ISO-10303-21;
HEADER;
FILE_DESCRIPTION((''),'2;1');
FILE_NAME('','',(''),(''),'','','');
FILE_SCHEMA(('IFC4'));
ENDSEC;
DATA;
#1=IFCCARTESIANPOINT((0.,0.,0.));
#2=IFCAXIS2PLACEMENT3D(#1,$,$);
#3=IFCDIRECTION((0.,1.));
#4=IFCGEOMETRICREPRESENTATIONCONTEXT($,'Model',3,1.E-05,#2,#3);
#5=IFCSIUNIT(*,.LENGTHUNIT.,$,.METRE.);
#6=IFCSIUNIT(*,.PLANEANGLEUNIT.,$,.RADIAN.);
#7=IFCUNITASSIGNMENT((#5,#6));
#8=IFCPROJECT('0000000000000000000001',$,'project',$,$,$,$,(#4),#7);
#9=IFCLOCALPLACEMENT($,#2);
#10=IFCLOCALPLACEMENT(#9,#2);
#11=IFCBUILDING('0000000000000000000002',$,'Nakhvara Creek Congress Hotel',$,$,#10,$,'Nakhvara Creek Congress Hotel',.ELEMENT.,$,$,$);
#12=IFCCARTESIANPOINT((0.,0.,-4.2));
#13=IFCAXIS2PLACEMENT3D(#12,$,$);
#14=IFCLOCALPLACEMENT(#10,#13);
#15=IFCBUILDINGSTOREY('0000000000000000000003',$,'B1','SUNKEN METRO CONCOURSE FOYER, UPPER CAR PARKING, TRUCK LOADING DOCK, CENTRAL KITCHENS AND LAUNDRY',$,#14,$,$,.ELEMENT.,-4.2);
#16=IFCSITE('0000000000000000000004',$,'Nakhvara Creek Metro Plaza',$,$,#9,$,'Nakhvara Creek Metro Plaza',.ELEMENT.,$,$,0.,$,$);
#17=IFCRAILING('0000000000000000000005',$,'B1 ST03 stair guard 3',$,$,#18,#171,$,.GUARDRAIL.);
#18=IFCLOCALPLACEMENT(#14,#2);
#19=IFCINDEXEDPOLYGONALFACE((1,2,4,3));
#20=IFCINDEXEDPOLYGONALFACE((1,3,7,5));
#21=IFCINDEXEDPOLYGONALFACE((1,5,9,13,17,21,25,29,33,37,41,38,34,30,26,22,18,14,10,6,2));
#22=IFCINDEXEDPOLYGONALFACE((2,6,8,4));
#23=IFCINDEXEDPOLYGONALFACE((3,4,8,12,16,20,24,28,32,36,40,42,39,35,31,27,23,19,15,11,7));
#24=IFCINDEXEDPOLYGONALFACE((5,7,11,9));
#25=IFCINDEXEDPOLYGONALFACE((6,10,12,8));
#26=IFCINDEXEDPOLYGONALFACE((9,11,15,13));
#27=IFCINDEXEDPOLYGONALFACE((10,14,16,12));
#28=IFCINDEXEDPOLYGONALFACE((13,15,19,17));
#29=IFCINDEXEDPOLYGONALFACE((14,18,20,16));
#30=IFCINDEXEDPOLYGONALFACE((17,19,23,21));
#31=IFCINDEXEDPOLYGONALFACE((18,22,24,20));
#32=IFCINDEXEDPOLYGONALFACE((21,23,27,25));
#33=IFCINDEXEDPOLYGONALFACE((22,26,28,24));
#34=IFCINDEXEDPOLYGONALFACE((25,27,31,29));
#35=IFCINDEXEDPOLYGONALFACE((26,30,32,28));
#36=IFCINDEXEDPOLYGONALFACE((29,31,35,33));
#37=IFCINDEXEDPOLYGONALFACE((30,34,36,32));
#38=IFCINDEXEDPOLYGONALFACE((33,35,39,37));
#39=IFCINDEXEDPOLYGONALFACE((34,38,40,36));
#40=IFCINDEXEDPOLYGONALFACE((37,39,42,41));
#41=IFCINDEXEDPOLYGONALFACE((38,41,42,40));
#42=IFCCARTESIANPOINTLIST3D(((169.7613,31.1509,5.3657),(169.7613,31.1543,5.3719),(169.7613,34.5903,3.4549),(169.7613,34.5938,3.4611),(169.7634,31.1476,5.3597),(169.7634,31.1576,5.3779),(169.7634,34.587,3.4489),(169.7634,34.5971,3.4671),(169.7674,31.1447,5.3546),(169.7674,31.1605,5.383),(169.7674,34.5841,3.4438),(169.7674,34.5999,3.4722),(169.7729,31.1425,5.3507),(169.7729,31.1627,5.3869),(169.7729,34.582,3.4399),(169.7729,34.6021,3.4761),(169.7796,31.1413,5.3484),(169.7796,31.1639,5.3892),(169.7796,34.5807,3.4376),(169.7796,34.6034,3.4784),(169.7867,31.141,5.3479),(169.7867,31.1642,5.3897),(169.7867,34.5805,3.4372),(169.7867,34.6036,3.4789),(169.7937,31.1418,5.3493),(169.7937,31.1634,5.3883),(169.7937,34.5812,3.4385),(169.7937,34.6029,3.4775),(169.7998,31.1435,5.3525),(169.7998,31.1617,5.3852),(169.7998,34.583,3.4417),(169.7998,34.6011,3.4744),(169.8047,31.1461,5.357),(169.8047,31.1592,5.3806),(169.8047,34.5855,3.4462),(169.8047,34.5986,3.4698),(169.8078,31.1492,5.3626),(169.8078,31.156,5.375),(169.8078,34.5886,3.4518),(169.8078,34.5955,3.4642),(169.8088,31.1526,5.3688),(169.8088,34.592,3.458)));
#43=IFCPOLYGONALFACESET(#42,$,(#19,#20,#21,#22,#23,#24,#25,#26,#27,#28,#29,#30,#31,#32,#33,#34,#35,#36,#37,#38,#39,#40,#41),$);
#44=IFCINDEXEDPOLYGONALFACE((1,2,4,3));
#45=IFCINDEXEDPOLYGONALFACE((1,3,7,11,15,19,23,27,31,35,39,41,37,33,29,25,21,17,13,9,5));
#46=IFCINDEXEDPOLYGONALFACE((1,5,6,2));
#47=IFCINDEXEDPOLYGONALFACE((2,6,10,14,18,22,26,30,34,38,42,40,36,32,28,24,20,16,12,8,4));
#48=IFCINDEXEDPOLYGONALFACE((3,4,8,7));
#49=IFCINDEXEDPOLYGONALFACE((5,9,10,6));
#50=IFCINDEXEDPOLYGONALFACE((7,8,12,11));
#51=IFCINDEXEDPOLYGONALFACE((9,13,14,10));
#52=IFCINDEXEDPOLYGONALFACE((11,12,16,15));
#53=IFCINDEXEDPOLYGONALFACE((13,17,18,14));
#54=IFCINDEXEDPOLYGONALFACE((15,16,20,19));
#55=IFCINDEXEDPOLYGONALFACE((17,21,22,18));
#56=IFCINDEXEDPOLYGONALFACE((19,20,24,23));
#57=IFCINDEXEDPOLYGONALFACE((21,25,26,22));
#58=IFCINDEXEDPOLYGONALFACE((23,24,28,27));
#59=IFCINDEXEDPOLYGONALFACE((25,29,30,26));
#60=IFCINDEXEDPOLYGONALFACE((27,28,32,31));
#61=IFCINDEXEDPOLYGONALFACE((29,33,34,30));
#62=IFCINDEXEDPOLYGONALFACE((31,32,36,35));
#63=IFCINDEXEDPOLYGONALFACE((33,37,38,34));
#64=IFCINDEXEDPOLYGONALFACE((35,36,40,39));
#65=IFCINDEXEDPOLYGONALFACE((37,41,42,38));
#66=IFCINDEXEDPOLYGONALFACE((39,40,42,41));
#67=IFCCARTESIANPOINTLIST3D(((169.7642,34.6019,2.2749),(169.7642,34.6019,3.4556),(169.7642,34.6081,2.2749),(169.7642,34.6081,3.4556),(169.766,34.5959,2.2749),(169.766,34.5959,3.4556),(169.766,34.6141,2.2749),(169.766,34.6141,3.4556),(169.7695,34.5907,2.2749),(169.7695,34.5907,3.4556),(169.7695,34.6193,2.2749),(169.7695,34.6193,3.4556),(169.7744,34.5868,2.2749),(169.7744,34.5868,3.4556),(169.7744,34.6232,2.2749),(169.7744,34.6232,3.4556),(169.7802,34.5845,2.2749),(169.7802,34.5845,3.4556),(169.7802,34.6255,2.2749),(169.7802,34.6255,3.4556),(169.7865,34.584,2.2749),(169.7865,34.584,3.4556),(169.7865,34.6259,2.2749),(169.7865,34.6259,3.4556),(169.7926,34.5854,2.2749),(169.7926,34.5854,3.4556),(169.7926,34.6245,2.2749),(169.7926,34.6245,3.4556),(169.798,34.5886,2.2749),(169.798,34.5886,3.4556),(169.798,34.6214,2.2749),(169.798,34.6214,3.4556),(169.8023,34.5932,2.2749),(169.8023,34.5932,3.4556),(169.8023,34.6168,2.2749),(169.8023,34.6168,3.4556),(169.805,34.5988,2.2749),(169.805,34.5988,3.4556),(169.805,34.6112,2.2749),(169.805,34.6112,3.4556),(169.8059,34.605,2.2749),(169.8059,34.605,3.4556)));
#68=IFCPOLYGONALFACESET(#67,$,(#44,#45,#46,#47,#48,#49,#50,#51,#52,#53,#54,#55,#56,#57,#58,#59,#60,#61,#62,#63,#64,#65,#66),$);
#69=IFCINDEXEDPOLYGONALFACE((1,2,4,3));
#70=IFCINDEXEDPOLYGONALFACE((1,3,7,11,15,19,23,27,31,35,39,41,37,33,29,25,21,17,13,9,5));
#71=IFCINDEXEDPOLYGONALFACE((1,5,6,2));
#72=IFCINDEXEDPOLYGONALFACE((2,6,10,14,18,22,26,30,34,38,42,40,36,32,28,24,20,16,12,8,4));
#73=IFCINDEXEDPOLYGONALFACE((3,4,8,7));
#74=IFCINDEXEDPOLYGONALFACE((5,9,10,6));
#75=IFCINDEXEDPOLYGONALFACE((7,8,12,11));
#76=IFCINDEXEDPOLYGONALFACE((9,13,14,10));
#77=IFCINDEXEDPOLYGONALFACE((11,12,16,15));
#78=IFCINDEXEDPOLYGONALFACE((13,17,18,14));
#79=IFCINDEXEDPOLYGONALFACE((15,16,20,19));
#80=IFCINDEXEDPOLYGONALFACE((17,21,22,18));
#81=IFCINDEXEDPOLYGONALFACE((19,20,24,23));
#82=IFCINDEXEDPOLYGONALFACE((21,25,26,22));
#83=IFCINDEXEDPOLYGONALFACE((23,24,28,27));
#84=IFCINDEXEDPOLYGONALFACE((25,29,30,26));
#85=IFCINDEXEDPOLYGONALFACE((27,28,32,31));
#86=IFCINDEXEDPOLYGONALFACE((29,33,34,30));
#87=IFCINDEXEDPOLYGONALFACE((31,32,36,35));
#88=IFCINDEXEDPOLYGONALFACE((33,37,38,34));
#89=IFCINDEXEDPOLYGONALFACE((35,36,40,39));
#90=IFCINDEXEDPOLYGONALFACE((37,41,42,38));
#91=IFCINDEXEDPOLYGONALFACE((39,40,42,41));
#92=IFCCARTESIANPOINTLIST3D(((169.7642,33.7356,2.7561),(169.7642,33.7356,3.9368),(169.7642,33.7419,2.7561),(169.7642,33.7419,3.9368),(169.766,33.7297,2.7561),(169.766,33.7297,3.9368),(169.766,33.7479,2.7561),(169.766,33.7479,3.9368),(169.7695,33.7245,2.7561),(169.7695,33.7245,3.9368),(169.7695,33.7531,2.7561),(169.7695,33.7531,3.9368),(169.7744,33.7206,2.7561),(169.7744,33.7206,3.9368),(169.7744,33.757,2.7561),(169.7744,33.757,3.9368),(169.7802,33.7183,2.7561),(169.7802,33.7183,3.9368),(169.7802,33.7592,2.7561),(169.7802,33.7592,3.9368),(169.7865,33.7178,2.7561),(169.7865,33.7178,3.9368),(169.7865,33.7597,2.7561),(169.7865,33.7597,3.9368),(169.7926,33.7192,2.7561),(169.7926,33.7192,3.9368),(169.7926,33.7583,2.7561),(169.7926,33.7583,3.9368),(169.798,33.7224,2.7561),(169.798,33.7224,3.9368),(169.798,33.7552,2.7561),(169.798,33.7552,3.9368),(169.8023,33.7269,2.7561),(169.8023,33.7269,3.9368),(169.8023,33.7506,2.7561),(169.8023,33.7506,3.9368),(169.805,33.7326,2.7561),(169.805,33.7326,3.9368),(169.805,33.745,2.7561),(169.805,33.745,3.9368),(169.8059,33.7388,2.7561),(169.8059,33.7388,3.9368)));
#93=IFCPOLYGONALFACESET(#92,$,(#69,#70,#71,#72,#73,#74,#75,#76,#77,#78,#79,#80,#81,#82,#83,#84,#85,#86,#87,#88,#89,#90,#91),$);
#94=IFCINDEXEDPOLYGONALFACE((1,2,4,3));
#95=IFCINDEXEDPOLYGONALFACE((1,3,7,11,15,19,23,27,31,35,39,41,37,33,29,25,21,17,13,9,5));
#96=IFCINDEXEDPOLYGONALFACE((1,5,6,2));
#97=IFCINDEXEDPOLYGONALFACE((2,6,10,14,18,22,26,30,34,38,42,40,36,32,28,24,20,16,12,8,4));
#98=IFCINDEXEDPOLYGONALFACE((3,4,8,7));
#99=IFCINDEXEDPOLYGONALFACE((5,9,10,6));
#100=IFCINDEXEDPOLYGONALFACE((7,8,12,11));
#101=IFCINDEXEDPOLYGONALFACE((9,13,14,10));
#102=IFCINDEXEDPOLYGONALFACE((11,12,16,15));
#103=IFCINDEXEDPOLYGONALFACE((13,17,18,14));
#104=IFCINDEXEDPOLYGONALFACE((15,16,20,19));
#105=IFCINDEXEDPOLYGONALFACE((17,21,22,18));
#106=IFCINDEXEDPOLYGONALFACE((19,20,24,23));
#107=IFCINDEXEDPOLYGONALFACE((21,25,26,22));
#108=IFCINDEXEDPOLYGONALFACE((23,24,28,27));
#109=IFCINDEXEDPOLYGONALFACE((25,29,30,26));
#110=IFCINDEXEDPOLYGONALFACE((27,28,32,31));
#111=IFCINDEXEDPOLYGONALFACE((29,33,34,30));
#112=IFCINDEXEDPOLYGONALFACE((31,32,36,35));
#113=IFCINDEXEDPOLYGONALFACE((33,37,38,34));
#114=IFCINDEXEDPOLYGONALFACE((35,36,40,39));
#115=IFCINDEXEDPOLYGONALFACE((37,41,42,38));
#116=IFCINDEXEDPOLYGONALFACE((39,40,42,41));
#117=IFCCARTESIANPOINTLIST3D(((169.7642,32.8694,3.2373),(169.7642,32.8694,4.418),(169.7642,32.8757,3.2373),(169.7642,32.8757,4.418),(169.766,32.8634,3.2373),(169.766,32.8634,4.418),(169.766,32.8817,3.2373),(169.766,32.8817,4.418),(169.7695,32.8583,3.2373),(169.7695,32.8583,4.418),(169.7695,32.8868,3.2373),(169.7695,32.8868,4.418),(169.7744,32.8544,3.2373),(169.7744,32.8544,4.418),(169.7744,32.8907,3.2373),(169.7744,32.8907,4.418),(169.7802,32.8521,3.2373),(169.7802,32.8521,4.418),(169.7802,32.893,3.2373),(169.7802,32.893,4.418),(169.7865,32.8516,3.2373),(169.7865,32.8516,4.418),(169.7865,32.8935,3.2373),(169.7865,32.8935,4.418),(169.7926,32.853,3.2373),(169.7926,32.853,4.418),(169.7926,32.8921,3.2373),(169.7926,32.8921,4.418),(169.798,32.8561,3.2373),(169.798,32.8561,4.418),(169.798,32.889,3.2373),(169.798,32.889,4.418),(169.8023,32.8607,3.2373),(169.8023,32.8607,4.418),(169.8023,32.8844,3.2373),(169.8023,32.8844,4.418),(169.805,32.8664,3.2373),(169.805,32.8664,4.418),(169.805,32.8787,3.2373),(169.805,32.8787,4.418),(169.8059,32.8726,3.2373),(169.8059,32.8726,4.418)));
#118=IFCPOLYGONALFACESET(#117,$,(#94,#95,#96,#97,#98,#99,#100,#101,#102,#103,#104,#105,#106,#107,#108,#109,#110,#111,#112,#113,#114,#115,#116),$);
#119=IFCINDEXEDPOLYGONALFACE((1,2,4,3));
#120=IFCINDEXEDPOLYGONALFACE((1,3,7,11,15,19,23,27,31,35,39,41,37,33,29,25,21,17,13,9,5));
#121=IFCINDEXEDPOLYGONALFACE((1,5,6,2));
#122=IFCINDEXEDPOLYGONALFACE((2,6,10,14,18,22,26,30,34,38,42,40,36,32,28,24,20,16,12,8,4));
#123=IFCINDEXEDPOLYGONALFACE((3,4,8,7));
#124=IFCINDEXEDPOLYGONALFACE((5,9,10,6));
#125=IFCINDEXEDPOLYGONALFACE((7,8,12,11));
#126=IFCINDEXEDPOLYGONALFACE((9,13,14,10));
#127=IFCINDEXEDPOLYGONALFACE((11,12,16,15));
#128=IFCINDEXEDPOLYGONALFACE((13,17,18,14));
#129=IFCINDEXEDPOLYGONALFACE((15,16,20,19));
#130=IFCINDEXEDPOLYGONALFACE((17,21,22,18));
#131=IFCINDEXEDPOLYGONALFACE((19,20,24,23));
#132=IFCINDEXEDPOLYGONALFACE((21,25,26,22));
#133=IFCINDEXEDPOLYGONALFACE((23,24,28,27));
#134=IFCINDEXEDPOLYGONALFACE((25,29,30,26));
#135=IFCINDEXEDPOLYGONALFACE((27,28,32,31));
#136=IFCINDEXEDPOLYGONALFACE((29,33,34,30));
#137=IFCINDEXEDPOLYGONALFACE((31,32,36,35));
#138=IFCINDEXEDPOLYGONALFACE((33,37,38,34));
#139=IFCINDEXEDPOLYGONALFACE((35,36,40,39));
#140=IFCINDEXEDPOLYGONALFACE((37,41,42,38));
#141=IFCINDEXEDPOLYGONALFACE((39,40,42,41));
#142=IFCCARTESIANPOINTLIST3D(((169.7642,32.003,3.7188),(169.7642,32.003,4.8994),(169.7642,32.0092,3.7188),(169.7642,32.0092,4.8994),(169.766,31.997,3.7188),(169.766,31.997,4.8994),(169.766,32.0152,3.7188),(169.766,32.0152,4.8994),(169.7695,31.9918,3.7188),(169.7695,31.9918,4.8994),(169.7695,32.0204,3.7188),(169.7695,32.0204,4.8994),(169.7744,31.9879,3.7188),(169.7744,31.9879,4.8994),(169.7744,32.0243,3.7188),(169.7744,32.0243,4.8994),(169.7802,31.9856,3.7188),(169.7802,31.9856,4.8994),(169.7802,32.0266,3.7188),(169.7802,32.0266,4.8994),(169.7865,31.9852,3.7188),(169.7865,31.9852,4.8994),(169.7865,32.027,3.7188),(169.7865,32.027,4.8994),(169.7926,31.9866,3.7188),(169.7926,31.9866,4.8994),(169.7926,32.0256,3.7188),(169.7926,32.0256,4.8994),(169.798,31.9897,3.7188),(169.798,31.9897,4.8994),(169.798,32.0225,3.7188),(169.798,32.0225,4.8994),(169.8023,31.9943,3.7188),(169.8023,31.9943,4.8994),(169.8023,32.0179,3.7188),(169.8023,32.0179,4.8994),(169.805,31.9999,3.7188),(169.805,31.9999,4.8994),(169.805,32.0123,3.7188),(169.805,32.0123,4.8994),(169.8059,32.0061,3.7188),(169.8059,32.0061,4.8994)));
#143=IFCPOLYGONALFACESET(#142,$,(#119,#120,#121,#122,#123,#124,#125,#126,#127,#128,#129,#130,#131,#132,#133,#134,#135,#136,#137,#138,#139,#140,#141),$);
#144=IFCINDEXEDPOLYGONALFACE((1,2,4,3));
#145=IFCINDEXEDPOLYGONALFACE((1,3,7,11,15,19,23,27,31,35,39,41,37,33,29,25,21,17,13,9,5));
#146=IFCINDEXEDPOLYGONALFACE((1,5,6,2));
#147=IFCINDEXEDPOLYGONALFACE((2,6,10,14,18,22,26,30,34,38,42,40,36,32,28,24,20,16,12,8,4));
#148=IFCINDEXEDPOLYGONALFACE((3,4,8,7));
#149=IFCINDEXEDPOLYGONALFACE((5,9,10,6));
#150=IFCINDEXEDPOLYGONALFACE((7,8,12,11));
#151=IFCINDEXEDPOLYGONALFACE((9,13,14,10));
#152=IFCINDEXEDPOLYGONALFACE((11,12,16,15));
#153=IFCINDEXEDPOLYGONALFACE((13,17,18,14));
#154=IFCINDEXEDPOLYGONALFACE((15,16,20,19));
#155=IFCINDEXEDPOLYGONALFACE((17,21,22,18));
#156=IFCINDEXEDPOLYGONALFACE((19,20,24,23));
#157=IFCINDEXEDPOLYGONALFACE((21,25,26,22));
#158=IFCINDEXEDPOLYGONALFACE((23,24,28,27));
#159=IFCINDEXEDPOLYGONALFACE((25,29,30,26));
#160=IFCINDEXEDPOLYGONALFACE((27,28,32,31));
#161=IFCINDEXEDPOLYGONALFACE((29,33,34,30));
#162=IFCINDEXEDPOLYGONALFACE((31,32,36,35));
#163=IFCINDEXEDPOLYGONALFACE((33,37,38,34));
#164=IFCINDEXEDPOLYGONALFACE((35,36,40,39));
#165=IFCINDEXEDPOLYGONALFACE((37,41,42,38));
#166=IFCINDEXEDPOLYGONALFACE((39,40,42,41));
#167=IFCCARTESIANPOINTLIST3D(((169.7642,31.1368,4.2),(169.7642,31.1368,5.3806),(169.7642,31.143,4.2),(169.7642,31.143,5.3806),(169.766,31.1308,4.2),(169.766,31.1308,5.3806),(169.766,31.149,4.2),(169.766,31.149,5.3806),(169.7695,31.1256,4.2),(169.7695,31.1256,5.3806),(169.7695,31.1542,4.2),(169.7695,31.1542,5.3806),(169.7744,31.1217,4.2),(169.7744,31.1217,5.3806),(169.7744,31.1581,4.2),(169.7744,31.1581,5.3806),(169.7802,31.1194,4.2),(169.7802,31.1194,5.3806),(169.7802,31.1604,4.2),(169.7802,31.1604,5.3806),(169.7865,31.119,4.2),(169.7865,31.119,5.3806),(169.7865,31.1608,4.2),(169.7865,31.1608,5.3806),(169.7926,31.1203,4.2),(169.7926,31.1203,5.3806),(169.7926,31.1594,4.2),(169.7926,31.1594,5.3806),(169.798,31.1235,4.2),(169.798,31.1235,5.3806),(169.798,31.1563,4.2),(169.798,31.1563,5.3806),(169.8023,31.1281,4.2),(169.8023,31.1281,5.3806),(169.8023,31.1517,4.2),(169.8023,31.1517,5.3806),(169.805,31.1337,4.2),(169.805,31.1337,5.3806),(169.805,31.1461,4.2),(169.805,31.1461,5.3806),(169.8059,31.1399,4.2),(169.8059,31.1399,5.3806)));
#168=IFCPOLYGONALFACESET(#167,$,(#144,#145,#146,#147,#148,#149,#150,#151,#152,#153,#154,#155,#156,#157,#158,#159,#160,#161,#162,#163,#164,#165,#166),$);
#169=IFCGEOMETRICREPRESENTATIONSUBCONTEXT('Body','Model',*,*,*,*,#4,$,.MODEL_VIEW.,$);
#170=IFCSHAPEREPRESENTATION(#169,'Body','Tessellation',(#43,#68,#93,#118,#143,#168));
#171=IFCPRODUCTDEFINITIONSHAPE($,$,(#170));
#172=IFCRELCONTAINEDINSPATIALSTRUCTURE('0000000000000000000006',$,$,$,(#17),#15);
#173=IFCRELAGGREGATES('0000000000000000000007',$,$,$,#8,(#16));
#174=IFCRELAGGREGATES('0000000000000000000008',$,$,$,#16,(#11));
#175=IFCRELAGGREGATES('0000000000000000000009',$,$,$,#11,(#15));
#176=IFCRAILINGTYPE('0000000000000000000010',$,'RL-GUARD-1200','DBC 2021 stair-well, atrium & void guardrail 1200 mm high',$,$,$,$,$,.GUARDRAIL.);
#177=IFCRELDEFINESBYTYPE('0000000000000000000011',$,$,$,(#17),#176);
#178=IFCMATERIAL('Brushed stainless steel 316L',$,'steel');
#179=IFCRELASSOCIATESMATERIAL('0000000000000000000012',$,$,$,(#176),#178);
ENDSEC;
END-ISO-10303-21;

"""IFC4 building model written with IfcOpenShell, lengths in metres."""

from ifc_helpers import new_model, si_unit, direction, frame, origin, origin_2d, place, context, subcontext, project, spatial, circle, extrude, material, type_object, element, save


model = new_model("IFC4")

# Units and contexts
model_context = context("Model", 3, precision=1e-05, world=origin(), true_north=direction((0.0, 1.0)))
body_context = subcontext(model_context, "Body", "Model", "MODEL_VIEW")
ifc_project = project(units=[si_unit("LENGTHUNIT", "METRE"), si_unit("PLANEANGLEUNIT", "RADIAN")], contexts=[model_context])

# Site, building, storey
site_placement = place(None, origin())
site = spatial("IfcSite", under=ifc_project, at=site_placement, Name="Nakhvara Creek Metro Plaza", LongName="Nakhvara Creek Metro Plaza", CompositionType="ELEMENT", RefElevation=0.0)
building_placement = place(site_placement, origin())
building = spatial("IfcBuilding", under=site, at=building_placement, Name="Nakhvara Creek Congress Hotel", LongName="Nakhvara Creek Congress Hotel", CompositionType="ELEMENT")
storey_placement = place(building_placement, frame((0.0, 0.0, -4.2)))
storey = spatial("IfcBuildingStorey", under=building, at=storey_placement, Name="B1", Description="SUNKEN METRO CONCOURSE FOYER, UPPER CAR PARKING, TRUCK LOADING DOCK, CENTRAL KITCHENS AND LAUNDRY", CompositionType="ELEMENT", Elevation=-4.2)

# Railing
ifc_material_1 = material(Name="Brushed stainless steel 316L", Category="steel")
railing_type_1 = type_object("IfcRailingType", Name="RL-GUARD-1200", Description="DBC 2021 stair-well, atrium & void guardrail 1200 mm high", PredefinedType="GUARDRAIL", material=ifc_material_1)
railing_1_placement = place(storey_placement, frame((169.7849, 34.605, 2.2749)))
element("IfcRailing", 1, at=railing_1_placement, inside=storey, type_object=railing_type_1, Name="B1 ST03 stair guard 3", PredefinedType="GUARDRAIL", context=body_context, shape_type="SweptSolid", body=[
    extrude(circle(Radius=0.0239, at=origin_2d()), frame((0.0, -0.0129, 1.1831), z_axis=(0.0, -0.874157, 0.485643), x_axis=(1.0, 0.0, 0.0)), (0.0, 0.0, 1.0), 3.9346),
    extrude(circle(Radius=0.021, at=origin_2d()), origin(), (0.0, 0.0, 1.0), 1.1807),
    extrude(circle(Radius=0.021, at=origin_2d()), frame((0.0, -0.8662, 0.4812)), (0.0, 0.0, 1.0), 1.1807),
    extrude(circle(Radius=0.021, at=origin_2d()), frame((0.0, -1.7324, 0.9624)), (0.0, 0.0, 1.0), 1.1807),
    extrude(circle(Radius=0.021, at=origin_2d()), frame((0.0, -2.5989, 1.4438)), (0.0, 0.0, 1.0), 1.1807),
    extrude(circle(Radius=0.021, at=origin_2d()), frame((0.0, -3.4651, 1.925)), (0.0, 0.0, 1.0), 1.1807),
])

save(model, "model.ifc")
